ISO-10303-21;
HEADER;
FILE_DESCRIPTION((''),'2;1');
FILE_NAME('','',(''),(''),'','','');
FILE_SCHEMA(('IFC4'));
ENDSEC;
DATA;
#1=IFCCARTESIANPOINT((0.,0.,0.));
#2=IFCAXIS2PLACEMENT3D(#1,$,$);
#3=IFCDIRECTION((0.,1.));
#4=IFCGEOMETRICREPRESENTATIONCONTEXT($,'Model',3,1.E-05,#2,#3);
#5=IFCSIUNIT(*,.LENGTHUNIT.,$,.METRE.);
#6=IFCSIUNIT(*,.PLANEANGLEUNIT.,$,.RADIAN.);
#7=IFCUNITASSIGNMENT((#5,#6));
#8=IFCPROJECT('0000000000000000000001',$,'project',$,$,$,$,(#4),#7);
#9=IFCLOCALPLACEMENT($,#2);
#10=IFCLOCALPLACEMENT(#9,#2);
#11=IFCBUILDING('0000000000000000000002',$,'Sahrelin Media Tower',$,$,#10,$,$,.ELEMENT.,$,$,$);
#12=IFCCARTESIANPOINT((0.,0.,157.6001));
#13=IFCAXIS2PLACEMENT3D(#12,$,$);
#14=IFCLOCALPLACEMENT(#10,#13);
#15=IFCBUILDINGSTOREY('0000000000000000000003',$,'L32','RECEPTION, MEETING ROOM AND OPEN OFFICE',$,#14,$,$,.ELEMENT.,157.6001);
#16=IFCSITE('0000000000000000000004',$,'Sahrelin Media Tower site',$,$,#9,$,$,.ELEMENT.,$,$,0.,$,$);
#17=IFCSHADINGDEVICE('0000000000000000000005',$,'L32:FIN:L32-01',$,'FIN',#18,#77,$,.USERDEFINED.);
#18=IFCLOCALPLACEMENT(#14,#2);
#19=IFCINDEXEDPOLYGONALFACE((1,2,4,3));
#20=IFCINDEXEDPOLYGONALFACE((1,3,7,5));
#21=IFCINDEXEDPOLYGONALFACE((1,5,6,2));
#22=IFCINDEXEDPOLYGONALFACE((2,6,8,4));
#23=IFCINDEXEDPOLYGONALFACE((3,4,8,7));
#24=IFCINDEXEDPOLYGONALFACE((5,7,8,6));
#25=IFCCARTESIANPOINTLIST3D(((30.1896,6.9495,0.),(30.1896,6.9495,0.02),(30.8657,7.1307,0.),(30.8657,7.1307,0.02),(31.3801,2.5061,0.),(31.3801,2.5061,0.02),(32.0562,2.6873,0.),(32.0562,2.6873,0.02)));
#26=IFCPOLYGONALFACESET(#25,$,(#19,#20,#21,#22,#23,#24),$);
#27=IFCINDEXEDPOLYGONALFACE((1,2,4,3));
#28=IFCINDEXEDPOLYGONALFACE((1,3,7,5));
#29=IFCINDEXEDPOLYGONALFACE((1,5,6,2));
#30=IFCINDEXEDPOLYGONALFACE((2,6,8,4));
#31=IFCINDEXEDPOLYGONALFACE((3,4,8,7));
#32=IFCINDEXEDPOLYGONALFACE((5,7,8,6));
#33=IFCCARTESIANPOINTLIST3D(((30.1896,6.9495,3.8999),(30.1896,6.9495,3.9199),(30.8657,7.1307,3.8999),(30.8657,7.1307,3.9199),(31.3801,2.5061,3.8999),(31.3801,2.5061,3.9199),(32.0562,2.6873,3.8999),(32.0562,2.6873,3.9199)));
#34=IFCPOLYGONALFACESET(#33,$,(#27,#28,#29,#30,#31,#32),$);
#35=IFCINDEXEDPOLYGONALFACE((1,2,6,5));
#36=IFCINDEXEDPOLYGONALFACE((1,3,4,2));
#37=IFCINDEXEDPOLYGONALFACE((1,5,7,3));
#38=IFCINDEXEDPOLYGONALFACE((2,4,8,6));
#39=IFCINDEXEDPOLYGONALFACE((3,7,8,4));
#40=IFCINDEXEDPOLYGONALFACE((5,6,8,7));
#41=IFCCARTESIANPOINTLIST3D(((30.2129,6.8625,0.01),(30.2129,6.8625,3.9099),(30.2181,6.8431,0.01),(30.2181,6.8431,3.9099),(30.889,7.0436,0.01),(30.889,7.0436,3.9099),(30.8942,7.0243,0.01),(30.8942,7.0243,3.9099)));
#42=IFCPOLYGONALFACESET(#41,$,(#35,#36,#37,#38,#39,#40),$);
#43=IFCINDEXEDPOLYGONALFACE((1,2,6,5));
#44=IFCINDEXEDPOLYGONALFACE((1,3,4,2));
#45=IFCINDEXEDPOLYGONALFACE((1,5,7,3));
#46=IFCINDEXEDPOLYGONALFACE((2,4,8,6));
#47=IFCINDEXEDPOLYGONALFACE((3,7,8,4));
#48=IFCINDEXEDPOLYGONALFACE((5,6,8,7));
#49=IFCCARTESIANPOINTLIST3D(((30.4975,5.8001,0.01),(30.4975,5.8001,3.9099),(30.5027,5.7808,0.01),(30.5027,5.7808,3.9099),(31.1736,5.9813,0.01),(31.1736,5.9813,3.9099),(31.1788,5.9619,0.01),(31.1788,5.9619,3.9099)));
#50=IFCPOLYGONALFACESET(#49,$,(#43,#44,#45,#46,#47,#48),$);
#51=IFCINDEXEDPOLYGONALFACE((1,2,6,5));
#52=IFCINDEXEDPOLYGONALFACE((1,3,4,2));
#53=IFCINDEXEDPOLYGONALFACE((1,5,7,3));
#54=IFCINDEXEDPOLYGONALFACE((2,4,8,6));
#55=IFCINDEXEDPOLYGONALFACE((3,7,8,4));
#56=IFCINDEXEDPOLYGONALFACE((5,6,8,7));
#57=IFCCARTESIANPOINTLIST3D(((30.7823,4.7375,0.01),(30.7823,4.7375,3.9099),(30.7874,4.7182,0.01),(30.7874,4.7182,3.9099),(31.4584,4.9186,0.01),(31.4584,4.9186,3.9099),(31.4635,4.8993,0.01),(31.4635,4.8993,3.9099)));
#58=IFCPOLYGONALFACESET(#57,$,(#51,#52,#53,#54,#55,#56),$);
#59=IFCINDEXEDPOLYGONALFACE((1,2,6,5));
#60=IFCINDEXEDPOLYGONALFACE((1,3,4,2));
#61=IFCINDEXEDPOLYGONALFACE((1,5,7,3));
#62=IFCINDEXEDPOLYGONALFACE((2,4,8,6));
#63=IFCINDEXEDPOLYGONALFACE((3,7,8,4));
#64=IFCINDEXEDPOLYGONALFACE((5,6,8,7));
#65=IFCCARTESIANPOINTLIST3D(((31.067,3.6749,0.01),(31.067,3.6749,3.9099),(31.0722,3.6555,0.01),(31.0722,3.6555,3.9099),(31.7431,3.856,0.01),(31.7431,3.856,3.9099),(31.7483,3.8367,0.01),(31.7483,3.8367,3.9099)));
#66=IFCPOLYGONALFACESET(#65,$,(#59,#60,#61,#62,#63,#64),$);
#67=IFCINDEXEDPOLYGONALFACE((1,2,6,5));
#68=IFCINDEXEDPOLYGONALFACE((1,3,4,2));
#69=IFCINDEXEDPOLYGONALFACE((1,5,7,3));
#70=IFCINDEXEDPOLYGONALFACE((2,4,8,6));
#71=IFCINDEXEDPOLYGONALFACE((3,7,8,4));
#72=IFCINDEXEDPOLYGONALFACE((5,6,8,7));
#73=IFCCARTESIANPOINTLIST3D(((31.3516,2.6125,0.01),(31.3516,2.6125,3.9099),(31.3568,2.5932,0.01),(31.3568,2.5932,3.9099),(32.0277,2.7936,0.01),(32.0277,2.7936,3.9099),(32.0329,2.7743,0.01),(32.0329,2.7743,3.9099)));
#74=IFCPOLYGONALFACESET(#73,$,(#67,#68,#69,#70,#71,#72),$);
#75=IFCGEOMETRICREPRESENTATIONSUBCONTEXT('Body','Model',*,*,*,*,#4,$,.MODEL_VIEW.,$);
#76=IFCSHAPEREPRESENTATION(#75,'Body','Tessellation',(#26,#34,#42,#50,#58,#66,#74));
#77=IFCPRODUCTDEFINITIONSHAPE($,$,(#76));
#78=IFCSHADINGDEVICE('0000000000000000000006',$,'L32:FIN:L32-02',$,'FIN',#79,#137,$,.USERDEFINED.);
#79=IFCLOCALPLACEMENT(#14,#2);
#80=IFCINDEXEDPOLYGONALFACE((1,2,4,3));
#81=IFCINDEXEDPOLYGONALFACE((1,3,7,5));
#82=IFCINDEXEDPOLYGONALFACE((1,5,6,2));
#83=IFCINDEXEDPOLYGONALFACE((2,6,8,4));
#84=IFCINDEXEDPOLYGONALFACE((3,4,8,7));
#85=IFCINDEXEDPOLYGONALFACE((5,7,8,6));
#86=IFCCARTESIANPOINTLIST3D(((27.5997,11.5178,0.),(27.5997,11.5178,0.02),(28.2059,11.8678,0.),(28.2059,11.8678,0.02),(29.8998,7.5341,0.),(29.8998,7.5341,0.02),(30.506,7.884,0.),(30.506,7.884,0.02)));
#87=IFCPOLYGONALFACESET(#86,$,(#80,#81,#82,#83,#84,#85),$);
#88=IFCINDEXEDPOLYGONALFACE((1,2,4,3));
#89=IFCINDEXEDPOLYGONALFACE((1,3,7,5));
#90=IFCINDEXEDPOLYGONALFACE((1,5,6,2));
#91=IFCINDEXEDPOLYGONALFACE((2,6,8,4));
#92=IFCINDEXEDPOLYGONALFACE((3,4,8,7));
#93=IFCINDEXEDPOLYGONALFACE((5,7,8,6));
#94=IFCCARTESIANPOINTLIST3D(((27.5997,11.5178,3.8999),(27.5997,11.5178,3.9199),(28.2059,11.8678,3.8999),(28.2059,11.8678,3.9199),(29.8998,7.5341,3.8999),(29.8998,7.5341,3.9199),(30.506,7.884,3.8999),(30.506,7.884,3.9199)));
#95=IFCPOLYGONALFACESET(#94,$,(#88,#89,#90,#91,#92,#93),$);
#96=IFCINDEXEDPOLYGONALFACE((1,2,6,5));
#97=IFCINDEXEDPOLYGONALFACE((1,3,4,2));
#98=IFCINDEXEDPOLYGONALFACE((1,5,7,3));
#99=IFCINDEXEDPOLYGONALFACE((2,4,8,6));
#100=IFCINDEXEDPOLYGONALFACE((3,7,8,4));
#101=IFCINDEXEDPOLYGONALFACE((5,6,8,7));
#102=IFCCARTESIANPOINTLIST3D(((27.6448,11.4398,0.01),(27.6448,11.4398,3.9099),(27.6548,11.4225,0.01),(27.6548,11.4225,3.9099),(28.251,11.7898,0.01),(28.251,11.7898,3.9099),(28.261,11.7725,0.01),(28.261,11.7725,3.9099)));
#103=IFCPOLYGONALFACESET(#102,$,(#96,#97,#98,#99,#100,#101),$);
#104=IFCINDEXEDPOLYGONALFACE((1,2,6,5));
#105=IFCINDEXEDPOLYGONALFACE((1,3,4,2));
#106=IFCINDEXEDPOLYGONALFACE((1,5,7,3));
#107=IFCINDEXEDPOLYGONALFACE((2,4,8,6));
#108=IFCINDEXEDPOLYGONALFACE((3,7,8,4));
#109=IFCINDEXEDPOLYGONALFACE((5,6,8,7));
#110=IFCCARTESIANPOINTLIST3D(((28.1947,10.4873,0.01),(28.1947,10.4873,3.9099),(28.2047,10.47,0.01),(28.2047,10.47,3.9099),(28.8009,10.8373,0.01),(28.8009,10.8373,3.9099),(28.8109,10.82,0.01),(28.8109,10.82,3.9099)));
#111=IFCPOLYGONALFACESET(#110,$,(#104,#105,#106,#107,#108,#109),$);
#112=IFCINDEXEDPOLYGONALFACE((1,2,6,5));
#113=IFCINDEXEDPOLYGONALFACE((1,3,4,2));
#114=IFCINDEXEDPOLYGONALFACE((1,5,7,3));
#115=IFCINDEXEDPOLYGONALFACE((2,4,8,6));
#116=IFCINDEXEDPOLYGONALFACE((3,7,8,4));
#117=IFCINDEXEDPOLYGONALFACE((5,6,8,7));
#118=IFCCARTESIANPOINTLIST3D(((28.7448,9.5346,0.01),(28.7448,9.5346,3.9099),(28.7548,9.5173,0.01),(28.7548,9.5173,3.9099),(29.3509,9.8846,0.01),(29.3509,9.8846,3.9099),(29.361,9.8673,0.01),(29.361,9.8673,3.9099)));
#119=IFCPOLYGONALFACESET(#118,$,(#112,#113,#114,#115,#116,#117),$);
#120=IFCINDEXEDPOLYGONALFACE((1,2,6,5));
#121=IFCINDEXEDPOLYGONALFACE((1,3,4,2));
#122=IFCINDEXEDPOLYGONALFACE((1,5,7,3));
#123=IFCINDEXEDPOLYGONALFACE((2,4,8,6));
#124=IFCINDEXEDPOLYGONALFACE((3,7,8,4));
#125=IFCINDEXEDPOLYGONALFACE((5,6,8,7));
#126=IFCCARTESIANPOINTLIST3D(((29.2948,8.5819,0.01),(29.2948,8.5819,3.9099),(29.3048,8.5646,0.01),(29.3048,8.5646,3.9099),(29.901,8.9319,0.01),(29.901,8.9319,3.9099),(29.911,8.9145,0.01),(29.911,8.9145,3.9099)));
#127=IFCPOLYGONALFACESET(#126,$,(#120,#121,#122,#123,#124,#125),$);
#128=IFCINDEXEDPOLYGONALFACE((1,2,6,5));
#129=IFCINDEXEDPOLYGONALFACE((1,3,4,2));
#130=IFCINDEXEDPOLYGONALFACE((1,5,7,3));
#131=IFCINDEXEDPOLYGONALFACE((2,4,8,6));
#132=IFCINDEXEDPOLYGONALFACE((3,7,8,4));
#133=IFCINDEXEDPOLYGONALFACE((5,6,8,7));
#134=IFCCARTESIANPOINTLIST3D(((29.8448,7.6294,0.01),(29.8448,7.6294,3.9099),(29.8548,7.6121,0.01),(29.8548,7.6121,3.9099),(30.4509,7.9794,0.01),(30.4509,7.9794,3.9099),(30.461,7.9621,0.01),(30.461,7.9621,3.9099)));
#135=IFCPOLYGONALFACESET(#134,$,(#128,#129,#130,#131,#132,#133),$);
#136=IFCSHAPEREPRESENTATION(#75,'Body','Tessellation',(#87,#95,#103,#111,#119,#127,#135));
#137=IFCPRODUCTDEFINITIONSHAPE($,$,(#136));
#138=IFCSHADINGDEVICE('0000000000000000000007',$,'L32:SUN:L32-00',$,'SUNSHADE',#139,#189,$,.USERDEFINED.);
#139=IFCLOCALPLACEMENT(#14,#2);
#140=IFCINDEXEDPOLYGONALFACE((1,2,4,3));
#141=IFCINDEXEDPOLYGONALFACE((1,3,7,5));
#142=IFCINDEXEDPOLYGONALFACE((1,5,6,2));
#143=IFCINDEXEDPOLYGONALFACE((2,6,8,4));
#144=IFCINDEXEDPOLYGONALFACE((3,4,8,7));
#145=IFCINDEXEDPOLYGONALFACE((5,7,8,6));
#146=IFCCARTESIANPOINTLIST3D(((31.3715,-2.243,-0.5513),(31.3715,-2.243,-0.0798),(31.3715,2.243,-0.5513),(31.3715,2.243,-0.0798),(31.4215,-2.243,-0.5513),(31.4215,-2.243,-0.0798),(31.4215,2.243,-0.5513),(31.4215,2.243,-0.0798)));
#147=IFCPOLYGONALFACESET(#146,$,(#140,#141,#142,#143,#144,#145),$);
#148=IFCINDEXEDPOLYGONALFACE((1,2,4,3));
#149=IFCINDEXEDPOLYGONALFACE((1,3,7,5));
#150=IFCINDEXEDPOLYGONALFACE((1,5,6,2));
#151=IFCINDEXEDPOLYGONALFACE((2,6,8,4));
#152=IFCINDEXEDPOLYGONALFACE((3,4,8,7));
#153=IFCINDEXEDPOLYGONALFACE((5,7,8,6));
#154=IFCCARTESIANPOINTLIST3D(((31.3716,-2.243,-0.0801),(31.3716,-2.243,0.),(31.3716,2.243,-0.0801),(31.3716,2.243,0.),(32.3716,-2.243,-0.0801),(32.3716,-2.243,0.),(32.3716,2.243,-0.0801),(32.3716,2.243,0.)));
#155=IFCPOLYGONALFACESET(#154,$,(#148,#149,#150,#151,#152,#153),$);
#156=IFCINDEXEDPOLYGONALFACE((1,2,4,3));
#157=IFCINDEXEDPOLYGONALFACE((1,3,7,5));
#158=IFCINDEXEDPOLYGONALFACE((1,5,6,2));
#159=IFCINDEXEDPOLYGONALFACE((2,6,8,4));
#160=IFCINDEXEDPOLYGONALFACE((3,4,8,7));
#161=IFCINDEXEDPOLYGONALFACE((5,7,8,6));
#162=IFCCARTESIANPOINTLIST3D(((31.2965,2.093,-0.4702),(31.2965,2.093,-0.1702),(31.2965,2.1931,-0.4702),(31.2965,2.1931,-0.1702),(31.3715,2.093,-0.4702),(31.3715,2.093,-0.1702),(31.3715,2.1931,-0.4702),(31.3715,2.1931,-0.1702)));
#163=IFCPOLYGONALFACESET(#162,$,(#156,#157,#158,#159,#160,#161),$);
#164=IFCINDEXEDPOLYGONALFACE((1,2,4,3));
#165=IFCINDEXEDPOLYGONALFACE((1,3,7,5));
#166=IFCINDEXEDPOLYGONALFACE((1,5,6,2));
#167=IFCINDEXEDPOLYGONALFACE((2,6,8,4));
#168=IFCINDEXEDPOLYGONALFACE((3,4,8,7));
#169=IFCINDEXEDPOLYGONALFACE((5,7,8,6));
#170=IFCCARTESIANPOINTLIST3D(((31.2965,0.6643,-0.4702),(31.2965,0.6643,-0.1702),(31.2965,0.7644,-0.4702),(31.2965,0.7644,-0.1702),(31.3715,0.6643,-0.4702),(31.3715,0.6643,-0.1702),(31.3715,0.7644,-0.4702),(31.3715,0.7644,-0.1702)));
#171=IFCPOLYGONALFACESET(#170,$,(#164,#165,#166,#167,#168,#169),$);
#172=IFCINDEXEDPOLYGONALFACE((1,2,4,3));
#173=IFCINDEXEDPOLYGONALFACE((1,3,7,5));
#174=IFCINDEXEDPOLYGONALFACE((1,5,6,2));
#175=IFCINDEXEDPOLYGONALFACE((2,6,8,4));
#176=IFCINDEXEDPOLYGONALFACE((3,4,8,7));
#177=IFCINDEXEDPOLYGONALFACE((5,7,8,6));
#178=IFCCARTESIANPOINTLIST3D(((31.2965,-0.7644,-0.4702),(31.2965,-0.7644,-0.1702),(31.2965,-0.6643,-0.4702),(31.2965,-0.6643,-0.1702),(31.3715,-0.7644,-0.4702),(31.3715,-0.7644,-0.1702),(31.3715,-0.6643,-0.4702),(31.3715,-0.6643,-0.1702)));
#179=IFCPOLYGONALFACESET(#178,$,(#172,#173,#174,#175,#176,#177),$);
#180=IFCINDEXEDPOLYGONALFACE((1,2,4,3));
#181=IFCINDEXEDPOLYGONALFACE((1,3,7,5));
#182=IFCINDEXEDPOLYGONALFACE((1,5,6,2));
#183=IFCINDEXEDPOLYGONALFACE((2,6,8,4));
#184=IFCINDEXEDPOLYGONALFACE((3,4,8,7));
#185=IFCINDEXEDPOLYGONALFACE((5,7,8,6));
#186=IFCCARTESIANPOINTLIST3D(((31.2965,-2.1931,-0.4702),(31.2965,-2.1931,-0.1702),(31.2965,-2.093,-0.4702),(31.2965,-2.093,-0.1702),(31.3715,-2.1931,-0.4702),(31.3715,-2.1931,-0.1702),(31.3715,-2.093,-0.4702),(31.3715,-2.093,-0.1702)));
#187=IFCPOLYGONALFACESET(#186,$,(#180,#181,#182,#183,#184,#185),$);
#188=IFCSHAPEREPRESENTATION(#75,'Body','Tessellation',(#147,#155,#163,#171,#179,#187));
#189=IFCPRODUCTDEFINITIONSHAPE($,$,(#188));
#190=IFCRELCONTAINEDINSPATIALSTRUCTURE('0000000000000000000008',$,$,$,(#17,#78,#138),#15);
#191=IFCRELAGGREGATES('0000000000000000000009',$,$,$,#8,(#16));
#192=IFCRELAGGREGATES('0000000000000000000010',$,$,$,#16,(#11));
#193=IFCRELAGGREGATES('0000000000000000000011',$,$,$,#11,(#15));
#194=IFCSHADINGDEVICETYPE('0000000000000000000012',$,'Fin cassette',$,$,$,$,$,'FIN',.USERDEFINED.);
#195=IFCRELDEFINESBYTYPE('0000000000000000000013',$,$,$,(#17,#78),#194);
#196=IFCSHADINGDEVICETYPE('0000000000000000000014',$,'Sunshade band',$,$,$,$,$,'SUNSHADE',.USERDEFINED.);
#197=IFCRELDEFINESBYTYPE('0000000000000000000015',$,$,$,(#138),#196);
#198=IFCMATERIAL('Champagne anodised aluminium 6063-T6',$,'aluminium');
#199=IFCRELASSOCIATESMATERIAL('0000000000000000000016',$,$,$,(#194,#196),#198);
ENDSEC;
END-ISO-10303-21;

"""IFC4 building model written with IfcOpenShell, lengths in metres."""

from ifc_helpers import new_model, si_unit, direction, frame, origin, origin_2d, place, context, subcontext, project, spatial, rectangle, extrude, material, type_object, element, save


model = new_model("IFC4")

# Units and contexts
model_context = context("Model", 3, precision=1e-05, world=origin(), true_north=direction((0.0, 1.0)))
body_context = subcontext(model_context, "Body", "Model", "MODEL_VIEW")
ifc_project = project(units=[si_unit("LENGTHUNIT", "METRE"), si_unit("PLANEANGLEUNIT", "RADIAN")], contexts=[model_context])

# Site, building, storey
site_placement = place(None, origin())
site = spatial("IfcSite", under=ifc_project, at=site_placement, Name="Sahrelin Media Tower site", CompositionType="ELEMENT", RefElevation=0.0)
building_placement = place(site_placement, origin())
building = spatial("IfcBuilding", under=site, at=building_placement, Name="Sahrelin Media Tower", CompositionType="ELEMENT")
storey_placement = place(building_placement, frame((0.0, 0.0, 157.6001)))
storey = spatial("IfcBuildingStorey", under=building, at=storey_placement, Name="L32", Description="RECEPTION, MEETING ROOM AND OPEN OFFICE", CompositionType="ELEMENT", Elevation=157.6001)

# Shared definitions
ifc_material_1 = material(Name="Champagne anodised aluminium 6063-T6", Category="aluminium")

# Shading devices
shading_device_type_1 = type_object("IfcShadingDeviceType", Name="Fin cassette", ElementType="FIN", PredefinedType="USERDEFINED", material=ifc_material_1)
placement_1 = place(storey_placement, frame((31.3516, 0.0, 0.0), z_axis=(0.0, 0.0, 1.0), x_axis=(0.0, -1.0, 0.0)))
placement_2 = place(storey_placement, frame((30.7173, 4.7097, 0.0), z_axis=(0.0, 0.0, 1.0), x_axis=(0.258808, -0.965929, 0.0)))
element("IfcShadingDevice", 1, at=placement_2, inside=storey, type_object=shading_device_type_1, Name="L32:FIN:L32-01", ObjectType="FIN", PredefinedType="USERDEFINED", context=body_context, shape_type="SweptSolid", body=[
    extrude(rectangle(XDim=4.6001, YDim=0.7, at=origin_2d()), frame((0.0, 0.4199, 0.0)), (0.0, 0.0, 1.0), 0.02),
    extrude(rectangle(XDim=4.6001, YDim=0.7, at=origin_2d()), frame((0.0, 0.4199, 3.8999)), (0.0, 0.0, 1.0), 0.02),
    extrude(rectangle(XDim=0.02, YDim=0.7, at=origin_2d()), frame((-2.2, 0.4199, 0.01), z_axis=(0.0, 0.0, 1.0), x_axis=(1.0, 0.0, 0.0)), (0.0, 0.0, 1.0), 3.8999),
    extrude(rectangle(XDim=0.02, YDim=0.7, at=origin_2d()), frame((-1.1001, 0.4199, 0.01), z_axis=(0.0, 0.0, 1.0), x_axis=(1.0, 0.0, 0.0)), (0.0, 0.0, 1.0), 3.8999),
    extrude(rectangle(XDim=0.02, YDim=0.7, at=origin_2d()), frame((0.0, 0.4199, 0.01), z_axis=(0.0, 0.0, 1.0), x_axis=(1.0, 0.0, 0.0)), (0.0, 0.0, 1.0), 3.8999),
    extrude(rectangle(XDim=0.02, YDim=0.7, at=origin_2d()), frame((1.1001, 0.4199, 0.01), z_axis=(0.0, 0.0, 1.0), x_axis=(1.0, 0.0, 0.0)), (0.0, 0.0, 1.0), 3.8999),
    extrude(rectangle(XDim=0.02, YDim=0.7, at=origin_2d()), frame((2.2, 0.4199, 0.01), z_axis=(0.0, 0.0, 1.0), x_axis=(1.0, 0.0, 0.0)), (0.0, 0.0, 1.0), 3.8999),
])
placement_3 = place(storey_placement, frame((28.6892, 9.491, 0.0), z_axis=(0.0, 0.0, 1.0), x_axis=(0.500011, -0.866019, 0.0)))
element("IfcShadingDevice", 2, at=placement_3, inside=storey, type_object=shading_device_type_1, Name="L32:FIN:L32-02", ObjectType="FIN", PredefinedType="USERDEFINED", context=body_context, shape_type="SweptSolid", body=[
    extrude(rectangle(XDim=4.6001, YDim=0.7, at=origin_2d()), frame((0.0, 0.4199, 0.0)), (0.0, 0.0, 1.0), 0.02),
    extrude(rectangle(XDim=4.6001, YDim=0.7, at=origin_2d()), frame((0.0, 0.4199, 3.8999)), (0.0, 0.0, 1.0), 0.02),
    extrude(rectangle(XDim=0.02, YDim=0.7, at=origin_2d()), frame((-2.2, 0.4199, 0.01), z_axis=(0.0, 0.0, 1.0), x_axis=(1.0, 0.0, 0.0)), (0.0, 0.0, 1.0), 3.8999),
    extrude(rectangle(XDim=0.02, YDim=0.7, at=origin_2d()), frame((-1.1001, 0.4199, 0.01), z_axis=(0.0, 0.0, 1.0), x_axis=(1.0, 0.0, 0.0)), (0.0, 0.0, 1.0), 3.8999),
    extrude(rectangle(XDim=0.02, YDim=0.7, at=origin_2d()), frame((0.0, 0.4199, 0.01), z_axis=(0.0, 0.0, 1.0), x_axis=(1.0, 0.0, 0.0)), (0.0, 0.0, 1.0), 3.8999),
    extrude(rectangle(XDim=0.02, YDim=0.7, at=origin_2d()), frame((1.1001, 0.4199, 0.01), z_axis=(0.0, 0.0, 1.0), x_axis=(1.0, 0.0, 0.0)), (0.0, 0.0, 1.0), 3.8999),
    extrude(rectangle(XDim=0.02, YDim=0.7, at=origin_2d()), frame((2.2, 0.4199, 0.01), z_axis=(0.0, 0.0, 1.0), x_axis=(1.0, 0.0, 0.0)), (0.0, 0.0, 1.0), 3.8999),
])
shading_device_type_2 = type_object("IfcShadingDeviceType", Name="Sunshade band", ElementType="SUNSHADE", PredefinedType="USERDEFINED", material=ifc_material_1)
element("IfcShadingDevice", 3, at=placement_1, inside=storey, type_object=shading_device_type_2, Name="L32:SUN:L32-00", ObjectType="SUNSHADE", PredefinedType="USERDEFINED", context=body_context, shape_type="SweptSolid", body=[
    extrude(rectangle(XDim=4.4861, YDim=0.05, at=origin_2d()), frame((0.0, 0.0449, -0.5513)), (0.0, 0.0, 1.0), 0.4714),
    extrude(rectangle(XDim=4.4861, YDim=1.0, at=origin_2d()), frame((0.0, 0.52, -0.0801)), (0.0, 0.0, 1.0), 0.0801),
    extrude(rectangle(XDim=0.1001, YDim=0.075, at=origin_2d()), frame((-2.1431, -0.0176, -0.4702)), (0.0, 0.0, 1.0), 0.3),
    extrude(rectangle(XDim=0.1001, YDim=0.075, at=origin_2d()), frame((-0.7144, -0.0176, -0.4702)), (0.0, 0.0, 1.0), 0.3),
    extrude(rectangle(XDim=0.1001, YDim=0.075, at=origin_2d()), frame((0.7144, -0.0176, -0.4702)), (0.0, 0.0, 1.0), 0.3),
    extrude(rectangle(XDim=0.1001, YDim=0.075, at=origin_2d()), frame((2.1431, -0.0176, -0.4702)), (0.0, 0.0, 1.0), 0.3),
])

save(model, "model.ifc")
